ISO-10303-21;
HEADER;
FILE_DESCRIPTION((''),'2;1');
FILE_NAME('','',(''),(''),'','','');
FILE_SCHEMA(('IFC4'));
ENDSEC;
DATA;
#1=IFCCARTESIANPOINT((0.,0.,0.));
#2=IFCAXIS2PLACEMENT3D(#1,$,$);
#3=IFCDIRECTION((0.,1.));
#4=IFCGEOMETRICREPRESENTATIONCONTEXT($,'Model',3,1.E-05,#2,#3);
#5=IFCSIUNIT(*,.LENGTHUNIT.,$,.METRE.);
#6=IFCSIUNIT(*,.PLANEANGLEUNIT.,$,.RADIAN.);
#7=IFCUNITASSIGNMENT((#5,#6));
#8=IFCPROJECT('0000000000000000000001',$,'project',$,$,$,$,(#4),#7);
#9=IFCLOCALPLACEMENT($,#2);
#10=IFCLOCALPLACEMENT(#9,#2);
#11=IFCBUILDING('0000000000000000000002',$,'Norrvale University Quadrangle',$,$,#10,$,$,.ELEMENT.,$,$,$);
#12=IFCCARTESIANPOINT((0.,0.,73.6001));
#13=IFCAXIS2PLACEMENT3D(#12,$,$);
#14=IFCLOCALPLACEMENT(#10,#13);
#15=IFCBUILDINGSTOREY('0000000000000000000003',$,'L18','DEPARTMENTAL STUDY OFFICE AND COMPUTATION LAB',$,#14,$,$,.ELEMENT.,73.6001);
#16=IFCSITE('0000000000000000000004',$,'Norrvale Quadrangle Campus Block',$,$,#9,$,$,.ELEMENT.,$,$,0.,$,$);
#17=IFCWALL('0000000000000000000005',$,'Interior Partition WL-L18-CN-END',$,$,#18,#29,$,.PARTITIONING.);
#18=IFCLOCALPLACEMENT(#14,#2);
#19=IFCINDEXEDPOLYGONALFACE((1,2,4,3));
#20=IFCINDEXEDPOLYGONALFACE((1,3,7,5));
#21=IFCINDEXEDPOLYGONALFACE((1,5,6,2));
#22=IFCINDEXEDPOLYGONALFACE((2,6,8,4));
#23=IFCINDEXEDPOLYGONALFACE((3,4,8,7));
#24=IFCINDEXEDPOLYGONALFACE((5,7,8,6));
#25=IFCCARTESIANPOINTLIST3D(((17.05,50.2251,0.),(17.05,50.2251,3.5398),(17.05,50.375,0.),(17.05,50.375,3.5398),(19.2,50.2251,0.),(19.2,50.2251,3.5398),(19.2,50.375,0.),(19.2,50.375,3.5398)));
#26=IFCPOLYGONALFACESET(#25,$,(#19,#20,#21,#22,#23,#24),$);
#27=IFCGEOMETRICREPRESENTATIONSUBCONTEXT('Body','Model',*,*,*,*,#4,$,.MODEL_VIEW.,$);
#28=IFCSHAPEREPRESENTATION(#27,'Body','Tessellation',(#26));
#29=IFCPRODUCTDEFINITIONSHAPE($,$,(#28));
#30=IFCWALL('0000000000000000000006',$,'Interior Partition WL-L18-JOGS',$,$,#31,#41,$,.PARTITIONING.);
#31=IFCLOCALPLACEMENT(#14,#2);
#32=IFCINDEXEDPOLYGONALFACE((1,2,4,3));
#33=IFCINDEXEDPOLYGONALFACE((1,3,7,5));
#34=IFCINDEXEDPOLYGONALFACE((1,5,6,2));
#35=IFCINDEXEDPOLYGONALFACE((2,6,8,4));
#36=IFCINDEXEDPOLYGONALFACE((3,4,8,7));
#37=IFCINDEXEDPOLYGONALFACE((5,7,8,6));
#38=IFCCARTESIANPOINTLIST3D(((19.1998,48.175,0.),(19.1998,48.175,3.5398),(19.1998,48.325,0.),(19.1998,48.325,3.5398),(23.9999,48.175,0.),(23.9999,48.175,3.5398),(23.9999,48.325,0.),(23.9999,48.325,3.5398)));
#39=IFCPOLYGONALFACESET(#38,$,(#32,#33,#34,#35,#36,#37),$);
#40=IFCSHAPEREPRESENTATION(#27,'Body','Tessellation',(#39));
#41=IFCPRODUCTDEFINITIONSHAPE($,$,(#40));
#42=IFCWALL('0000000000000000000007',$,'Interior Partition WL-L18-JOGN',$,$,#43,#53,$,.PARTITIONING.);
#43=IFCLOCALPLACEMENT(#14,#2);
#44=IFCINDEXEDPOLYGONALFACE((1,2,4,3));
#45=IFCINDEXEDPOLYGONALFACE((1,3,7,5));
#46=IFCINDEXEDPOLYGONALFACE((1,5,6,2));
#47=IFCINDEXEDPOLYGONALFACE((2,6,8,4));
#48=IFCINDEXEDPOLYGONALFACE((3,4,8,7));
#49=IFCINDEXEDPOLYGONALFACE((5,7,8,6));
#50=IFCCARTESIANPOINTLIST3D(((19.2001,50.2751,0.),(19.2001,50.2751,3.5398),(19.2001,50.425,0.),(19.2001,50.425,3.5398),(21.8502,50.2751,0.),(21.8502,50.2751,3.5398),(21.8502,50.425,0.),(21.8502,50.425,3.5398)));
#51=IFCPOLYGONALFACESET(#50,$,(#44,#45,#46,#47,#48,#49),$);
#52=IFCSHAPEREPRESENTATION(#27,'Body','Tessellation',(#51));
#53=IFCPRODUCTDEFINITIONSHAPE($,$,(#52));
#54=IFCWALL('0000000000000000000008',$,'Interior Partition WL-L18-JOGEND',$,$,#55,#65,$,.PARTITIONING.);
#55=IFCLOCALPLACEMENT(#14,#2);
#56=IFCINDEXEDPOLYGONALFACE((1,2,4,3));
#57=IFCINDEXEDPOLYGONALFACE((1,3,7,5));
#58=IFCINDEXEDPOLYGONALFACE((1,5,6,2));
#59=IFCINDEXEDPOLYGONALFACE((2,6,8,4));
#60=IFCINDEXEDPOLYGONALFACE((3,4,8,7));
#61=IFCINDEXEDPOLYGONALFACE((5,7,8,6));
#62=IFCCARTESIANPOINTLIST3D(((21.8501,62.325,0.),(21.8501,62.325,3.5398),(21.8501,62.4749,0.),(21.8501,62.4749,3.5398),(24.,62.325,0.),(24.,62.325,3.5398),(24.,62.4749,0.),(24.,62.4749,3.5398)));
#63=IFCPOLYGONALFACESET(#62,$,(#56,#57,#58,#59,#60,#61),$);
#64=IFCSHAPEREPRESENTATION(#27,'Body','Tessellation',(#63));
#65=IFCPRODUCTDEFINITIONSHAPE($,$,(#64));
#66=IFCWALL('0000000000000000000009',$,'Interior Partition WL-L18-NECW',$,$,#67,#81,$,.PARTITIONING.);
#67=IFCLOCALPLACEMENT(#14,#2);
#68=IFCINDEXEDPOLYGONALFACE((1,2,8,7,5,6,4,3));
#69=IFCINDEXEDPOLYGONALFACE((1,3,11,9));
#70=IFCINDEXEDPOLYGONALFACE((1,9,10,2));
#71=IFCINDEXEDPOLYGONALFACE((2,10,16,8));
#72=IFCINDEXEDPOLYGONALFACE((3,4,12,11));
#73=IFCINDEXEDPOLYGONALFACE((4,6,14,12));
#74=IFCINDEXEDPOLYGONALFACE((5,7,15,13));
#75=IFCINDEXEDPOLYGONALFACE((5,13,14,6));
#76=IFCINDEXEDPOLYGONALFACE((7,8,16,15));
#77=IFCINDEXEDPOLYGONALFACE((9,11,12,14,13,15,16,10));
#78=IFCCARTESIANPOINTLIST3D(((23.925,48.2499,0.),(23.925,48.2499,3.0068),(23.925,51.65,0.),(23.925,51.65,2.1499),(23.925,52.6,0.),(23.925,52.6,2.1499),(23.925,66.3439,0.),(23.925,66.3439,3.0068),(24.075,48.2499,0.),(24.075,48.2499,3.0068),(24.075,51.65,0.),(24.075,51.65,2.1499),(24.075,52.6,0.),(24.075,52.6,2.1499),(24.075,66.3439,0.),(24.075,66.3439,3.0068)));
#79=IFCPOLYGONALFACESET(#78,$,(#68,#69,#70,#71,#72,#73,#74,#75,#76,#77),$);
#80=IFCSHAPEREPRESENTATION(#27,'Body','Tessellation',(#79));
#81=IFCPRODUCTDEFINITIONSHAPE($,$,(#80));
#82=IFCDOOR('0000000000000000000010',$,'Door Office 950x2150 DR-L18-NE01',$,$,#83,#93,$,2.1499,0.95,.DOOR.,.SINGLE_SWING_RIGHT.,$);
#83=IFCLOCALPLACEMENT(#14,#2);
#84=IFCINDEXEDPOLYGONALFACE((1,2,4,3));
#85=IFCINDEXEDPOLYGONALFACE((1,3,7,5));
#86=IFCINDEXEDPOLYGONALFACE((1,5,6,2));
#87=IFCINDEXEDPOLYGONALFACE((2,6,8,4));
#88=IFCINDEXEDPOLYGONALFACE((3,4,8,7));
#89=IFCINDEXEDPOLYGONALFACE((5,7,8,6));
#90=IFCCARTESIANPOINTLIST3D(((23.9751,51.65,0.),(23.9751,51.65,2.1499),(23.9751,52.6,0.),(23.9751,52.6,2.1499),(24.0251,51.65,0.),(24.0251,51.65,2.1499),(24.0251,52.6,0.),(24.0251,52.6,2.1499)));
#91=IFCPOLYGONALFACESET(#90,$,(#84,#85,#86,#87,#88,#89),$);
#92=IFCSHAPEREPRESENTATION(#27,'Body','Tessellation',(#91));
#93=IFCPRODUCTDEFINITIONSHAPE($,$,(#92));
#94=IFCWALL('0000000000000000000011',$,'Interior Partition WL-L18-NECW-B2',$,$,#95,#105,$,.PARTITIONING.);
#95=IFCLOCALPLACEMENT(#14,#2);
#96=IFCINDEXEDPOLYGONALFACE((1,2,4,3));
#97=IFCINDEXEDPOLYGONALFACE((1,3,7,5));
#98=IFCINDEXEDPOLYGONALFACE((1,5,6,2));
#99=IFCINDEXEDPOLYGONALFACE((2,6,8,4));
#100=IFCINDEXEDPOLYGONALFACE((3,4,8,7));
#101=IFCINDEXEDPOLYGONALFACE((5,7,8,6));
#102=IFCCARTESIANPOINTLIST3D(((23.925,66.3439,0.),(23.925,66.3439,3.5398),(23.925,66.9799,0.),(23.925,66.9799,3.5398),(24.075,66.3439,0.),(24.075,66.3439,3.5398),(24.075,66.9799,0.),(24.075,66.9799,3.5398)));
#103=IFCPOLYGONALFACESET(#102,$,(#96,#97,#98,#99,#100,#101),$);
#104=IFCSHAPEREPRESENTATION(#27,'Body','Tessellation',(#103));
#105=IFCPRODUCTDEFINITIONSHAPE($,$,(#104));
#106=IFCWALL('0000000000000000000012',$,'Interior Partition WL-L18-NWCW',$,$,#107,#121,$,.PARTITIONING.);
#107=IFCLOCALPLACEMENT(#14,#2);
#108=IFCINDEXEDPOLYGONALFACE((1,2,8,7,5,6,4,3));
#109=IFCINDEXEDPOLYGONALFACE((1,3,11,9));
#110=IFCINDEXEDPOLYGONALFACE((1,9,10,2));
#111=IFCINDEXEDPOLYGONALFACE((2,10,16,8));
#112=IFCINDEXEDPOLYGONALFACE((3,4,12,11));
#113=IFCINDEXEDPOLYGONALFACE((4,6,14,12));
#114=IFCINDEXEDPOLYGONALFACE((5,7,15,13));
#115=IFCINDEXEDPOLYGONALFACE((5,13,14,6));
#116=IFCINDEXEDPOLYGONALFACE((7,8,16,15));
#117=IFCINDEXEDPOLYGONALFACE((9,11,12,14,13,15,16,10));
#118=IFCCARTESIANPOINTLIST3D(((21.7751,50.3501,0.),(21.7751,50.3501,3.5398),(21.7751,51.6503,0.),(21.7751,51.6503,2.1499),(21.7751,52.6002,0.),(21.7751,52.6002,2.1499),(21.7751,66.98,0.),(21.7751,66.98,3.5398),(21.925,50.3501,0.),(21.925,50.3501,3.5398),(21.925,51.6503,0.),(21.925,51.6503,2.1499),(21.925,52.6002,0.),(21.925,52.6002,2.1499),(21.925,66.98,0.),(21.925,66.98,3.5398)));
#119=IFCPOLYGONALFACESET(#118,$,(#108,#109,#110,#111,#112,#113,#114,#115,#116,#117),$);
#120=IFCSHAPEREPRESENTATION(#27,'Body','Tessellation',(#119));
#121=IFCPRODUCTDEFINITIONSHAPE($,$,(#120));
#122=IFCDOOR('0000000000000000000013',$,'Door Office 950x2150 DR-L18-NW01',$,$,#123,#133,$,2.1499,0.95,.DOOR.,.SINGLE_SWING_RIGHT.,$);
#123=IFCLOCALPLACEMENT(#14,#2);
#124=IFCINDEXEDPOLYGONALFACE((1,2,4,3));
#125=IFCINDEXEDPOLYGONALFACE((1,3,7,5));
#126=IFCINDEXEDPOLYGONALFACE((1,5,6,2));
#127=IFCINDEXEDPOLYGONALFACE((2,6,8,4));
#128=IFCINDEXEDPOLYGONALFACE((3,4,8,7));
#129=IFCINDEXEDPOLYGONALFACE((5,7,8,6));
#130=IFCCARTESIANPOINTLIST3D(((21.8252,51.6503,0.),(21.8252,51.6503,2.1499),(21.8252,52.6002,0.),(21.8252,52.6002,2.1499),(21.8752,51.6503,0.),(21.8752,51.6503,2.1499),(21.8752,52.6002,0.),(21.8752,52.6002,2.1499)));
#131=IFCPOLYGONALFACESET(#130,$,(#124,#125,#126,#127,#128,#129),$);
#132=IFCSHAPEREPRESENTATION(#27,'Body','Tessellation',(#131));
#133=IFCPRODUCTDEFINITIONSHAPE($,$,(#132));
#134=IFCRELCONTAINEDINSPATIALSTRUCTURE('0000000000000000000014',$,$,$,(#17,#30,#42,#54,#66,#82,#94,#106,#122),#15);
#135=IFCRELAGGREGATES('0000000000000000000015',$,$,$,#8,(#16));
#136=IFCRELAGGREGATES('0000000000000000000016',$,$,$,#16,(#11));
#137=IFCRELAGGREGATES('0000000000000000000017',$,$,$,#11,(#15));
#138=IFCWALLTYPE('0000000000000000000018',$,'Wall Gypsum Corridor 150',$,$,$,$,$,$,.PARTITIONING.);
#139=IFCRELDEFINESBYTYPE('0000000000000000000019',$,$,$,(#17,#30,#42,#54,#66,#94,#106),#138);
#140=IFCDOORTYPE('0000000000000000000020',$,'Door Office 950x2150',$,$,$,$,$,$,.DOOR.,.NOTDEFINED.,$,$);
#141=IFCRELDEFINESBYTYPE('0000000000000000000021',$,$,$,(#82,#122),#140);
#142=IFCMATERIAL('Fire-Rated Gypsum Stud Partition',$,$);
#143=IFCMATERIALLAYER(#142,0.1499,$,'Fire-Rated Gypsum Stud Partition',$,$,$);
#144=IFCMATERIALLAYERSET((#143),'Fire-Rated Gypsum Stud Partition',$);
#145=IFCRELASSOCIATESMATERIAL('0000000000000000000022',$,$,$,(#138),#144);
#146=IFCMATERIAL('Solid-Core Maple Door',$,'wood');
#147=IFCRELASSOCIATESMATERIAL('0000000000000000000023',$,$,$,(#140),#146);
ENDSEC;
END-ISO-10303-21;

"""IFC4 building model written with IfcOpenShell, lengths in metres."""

from ifc_helpers import new_model, si_unit, direction, frame, frame_2d, origin, place, context, subcontext, project, spatial, rectangle, extrude, material, layer, layer_set, type_object, element, fill, save


model = new_model("IFC4")

# Units and contexts
model_context = context("Model", 3, precision=1e-05, world=origin(), true_north=direction((0.0, 1.0)))
body_context = subcontext(model_context, "Body", "Model", "MODEL_VIEW")
ifc_project = project(units=[si_unit("LENGTHUNIT", "METRE"), si_unit("PLANEANGLEUNIT", "RADIAN")], contexts=[model_context])

# Site, building, storey
site_placement = place(None, origin())
site = spatial("IfcSite", under=ifc_project, at=site_placement, Name="Norrvale Quadrangle Campus Block", CompositionType="ELEMENT", RefElevation=0.0)
building_placement = place(site_placement, origin())
building = spatial("IfcBuilding", under=site, at=building_placement, Name="Norrvale University Quadrangle", CompositionType="ELEMENT")
storey_placement = place(building_placement, frame((0.0, 0.0, 73.6001)))
storey = spatial("IfcBuildingStorey", under=building, at=storey_placement, Name="L18", Description="DEPARTMENTAL STUDY OFFICE AND COMPUTATION LAB", CompositionType="ELEMENT", Elevation=73.6001)

# Walls
ifc_material_1 = material(Name="Fire-Rated Gypsum Stud Partition")
ifc_layer = layer(ifc_material_1, 0.1499, Name="Fire-Rated Gypsum Stud Partition")
ifc_layer_set = layer_set([ifc_layer], Name="Fire-Rated Gypsum Stud Partition")
wall_type = type_object("IfcWallType", Name="Wall Gypsum Corridor 150", PredefinedType="PARTITIONING", material=ifc_layer_set)
wall_1_placement = place(storey_placement, frame((17.05, 50.3, 0.0), z_axis=(0.0, 0.0, 1.0), x_axis=(1.0, 0.0, 0.0)))
element("IfcWall", 1, at=wall_1_placement, inside=storey, type_object=wall_type, Name="Interior Partition WL-L18-CN-END", PredefinedType="PARTITIONING", context=body_context, shape_type="SweptSolid", body=[
    extrude(rectangle(XDim=2.1499, YDim=0.1499, at=frame_2d((1.075, 0.0))), origin(), (0.0, 0.0, 1.0), 3.5398),
])
wall_2_placement = place(storey_placement, frame((19.2, 48.25, 0.0), z_axis=(0.0, 0.0, 1.0), x_axis=(1.0, 0.0, 0.0)))
element("IfcWall", 2, at=wall_2_placement, inside=storey, type_object=wall_type, Name="Interior Partition WL-L18-JOGS", PredefinedType="PARTITIONING", context=body_context, shape_type="SweptSolid", body=[
    extrude(rectangle(XDim=4.8, YDim=0.1499, at=frame_2d((2.3999, 0.0))), origin(), (0.0, 0.0, 1.0), 3.5398),
])
wall_3_placement = place(storey_placement, frame((19.2, 50.3501, 0.0), z_axis=(0.0, 0.0, 1.0), x_axis=(1.0, 0.0, 0.0)))
element("IfcWall", 3, at=wall_3_placement, inside=storey, type_object=wall_type, Name="Interior Partition WL-L18-JOGN", PredefinedType="PARTITIONING", context=body_context, shape_type="SweptSolid", body=[
    extrude(rectangle(XDim=2.6501, YDim=0.1499, at=frame_2d((1.3252, 0.0))), origin(), (0.0, 0.0, 1.0), 3.5398),
])
wall_4_placement = place(storey_placement, frame((21.8501, 62.3999, 0.0), z_axis=(0.0, 0.0, 1.0), x_axis=(1.0, 0.0, 0.0)))
element("IfcWall", 4, at=wall_4_placement, inside=storey, type_object=wall_type, Name="Interior Partition WL-L18-JOGEND", PredefinedType="PARTITIONING", context=body_context, shape_type="SweptSolid", body=[
    extrude(rectangle(XDim=2.1499, YDim=0.1499, at=frame_2d((1.075, 0.0))), origin(), (0.0, 0.0, 1.0), 3.5398),
])

# Wall, opening, door
wall_5_placement = place(storey_placement, frame((24.0, 48.25, 0.0), z_axis=(0.0, 0.0, 1.0), x_axis=(0.0, 1.0, 0.0)))
wall_5 = element("IfcWall", 5, at=wall_5_placement, inside=storey, type_object=wall_type, Name="Interior Partition WL-L18-NECW", PredefinedType="PARTITIONING", context=body_context, shape_type="SweptSolid", body=[
    extrude(rectangle(XDim=18.094, YDim=0.1499, at=frame_2d((9.0469, 0.0))), origin(), (0.0, 0.0, 1.0), 3.0068),
])
opening_1_placement = place(wall_5_placement, frame((3.3999, 0.0, 0.0)))
opening_1 = element("IfcOpeningElement", 6, at=opening_1_placement, cuts=wall_5, PredefinedType="OPENING", context=body_context, shape_type="SweptSolid", body=[
    extrude(rectangle(XDim=0.95, YDim=2.1499, at=frame_2d((0.4751, 1.075))), frame((0.0, 0.0869, 0.0), z_axis=(0.0, -1.0, 0.0), x_axis=(1.0, 0.0, 0.0)), (0.0, 0.0, 1.0), 0.1738),
])
ifc_material_2 = material(Name="Solid-Core Maple Door", Category="wood")
door_type = type_object("IfcDoorType", Name="Door Office 950x2150", OperationType="NOTDEFINED", PredefinedType="DOOR", material=ifc_material_2)
door_1_placement = place(opening_1_placement, origin())
door_1 = element("IfcDoor", 7, at=door_1_placement, inside=storey, type_object=door_type, Name="Door Office 950x2150 DR-L18-NE01", OperationType="SINGLE_SWING_RIGHT", OverallHeight=2.1499, OverallWidth=0.95, PredefinedType="DOOR", context=body_context, shape_type="SweptSolid", body=[
    extrude(rectangle(XDim=0.95, YDim=2.1499, at=frame_2d((0.4751, 1.075))), frame((0.0, 0.0249, 0.0), z_axis=(0.0, -1.0, 0.0), x_axis=(1.0, 0.0, 0.0)), (0.0, 0.0, 1.0), 0.05),
])
fill(opening_1, door_1)

# Wall
wall_6_placement = place(storey_placement, frame((24.0, 66.344, 0.0), z_axis=(0.0, 0.0, 1.0), x_axis=(0.0, 1.0, 0.0)))
element("IfcWall", 8, at=wall_6_placement, inside=storey, type_object=wall_type, Name="Interior Partition WL-L18-NECW-B2", PredefinedType="PARTITIONING", context=body_context, shape_type="SweptSolid", body=[
    extrude(rectangle(XDim=0.636, YDim=0.1499, at=frame_2d((0.3179, 0.0))), origin(), (0.0, 0.0, 1.0), 3.5398),
])

# Wall, opening, door
wall_7_placement = place(storey_placement, frame((21.8501, 50.3501, 0.0), z_axis=(0.0, 0.0, 1.0), x_axis=(0.0, 1.0, 0.0)))
wall_7 = element("IfcWall", 9, at=wall_7_placement, inside=storey, type_object=wall_type, Name="Interior Partition WL-L18-NWCW", PredefinedType="PARTITIONING", context=body_context, shape_type="SweptSolid", body=[
    extrude(rectangle(XDim=16.6299, YDim=0.1499, at=frame_2d((8.3149, 0.0))), origin(), (0.0, 0.0, 1.0), 3.5398),
])
opening_2_placement = place(wall_7_placement, frame((1.3, 0.0, 0.0)))
opening_2 = element("IfcOpeningElement", 10, at=opening_2_placement, cuts=wall_7, PredefinedType="OPENING", context=body_context, shape_type="SweptSolid", body=[
    extrude(rectangle(XDim=0.95, YDim=2.1499, at=frame_2d((0.4751, 1.075))), frame((0.0, 0.0869, 0.0), z_axis=(0.0, -1.0, 0.0), x_axis=(1.0, 0.0, 0.0)), (0.0, 0.0, 1.0), 0.1738),
])
door_2_placement = place(opening_2_placement, origin())
door_2 = element("IfcDoor", 11, at=door_2_placement, inside=storey, type_object=door_type, Name="Door Office 950x2150 DR-L18-NW01", OperationType="SINGLE_SWING_RIGHT", OverallHeight=2.1499, OverallWidth=0.95, PredefinedType="DOOR", context=body_context, shape_type="SweptSolid", body=[
    extrude(rectangle(XDim=0.95, YDim=2.1499, at=frame_2d((0.4751, 1.075))), frame((0.0, 0.0249, 0.0), z_axis=(0.0, -1.0, 0.0), x_axis=(1.0, 0.0, 0.0)), (0.0, 0.0, 1.0), 0.05),
])
fill(opening_2, door_2)

save(model, "model.ifc")
